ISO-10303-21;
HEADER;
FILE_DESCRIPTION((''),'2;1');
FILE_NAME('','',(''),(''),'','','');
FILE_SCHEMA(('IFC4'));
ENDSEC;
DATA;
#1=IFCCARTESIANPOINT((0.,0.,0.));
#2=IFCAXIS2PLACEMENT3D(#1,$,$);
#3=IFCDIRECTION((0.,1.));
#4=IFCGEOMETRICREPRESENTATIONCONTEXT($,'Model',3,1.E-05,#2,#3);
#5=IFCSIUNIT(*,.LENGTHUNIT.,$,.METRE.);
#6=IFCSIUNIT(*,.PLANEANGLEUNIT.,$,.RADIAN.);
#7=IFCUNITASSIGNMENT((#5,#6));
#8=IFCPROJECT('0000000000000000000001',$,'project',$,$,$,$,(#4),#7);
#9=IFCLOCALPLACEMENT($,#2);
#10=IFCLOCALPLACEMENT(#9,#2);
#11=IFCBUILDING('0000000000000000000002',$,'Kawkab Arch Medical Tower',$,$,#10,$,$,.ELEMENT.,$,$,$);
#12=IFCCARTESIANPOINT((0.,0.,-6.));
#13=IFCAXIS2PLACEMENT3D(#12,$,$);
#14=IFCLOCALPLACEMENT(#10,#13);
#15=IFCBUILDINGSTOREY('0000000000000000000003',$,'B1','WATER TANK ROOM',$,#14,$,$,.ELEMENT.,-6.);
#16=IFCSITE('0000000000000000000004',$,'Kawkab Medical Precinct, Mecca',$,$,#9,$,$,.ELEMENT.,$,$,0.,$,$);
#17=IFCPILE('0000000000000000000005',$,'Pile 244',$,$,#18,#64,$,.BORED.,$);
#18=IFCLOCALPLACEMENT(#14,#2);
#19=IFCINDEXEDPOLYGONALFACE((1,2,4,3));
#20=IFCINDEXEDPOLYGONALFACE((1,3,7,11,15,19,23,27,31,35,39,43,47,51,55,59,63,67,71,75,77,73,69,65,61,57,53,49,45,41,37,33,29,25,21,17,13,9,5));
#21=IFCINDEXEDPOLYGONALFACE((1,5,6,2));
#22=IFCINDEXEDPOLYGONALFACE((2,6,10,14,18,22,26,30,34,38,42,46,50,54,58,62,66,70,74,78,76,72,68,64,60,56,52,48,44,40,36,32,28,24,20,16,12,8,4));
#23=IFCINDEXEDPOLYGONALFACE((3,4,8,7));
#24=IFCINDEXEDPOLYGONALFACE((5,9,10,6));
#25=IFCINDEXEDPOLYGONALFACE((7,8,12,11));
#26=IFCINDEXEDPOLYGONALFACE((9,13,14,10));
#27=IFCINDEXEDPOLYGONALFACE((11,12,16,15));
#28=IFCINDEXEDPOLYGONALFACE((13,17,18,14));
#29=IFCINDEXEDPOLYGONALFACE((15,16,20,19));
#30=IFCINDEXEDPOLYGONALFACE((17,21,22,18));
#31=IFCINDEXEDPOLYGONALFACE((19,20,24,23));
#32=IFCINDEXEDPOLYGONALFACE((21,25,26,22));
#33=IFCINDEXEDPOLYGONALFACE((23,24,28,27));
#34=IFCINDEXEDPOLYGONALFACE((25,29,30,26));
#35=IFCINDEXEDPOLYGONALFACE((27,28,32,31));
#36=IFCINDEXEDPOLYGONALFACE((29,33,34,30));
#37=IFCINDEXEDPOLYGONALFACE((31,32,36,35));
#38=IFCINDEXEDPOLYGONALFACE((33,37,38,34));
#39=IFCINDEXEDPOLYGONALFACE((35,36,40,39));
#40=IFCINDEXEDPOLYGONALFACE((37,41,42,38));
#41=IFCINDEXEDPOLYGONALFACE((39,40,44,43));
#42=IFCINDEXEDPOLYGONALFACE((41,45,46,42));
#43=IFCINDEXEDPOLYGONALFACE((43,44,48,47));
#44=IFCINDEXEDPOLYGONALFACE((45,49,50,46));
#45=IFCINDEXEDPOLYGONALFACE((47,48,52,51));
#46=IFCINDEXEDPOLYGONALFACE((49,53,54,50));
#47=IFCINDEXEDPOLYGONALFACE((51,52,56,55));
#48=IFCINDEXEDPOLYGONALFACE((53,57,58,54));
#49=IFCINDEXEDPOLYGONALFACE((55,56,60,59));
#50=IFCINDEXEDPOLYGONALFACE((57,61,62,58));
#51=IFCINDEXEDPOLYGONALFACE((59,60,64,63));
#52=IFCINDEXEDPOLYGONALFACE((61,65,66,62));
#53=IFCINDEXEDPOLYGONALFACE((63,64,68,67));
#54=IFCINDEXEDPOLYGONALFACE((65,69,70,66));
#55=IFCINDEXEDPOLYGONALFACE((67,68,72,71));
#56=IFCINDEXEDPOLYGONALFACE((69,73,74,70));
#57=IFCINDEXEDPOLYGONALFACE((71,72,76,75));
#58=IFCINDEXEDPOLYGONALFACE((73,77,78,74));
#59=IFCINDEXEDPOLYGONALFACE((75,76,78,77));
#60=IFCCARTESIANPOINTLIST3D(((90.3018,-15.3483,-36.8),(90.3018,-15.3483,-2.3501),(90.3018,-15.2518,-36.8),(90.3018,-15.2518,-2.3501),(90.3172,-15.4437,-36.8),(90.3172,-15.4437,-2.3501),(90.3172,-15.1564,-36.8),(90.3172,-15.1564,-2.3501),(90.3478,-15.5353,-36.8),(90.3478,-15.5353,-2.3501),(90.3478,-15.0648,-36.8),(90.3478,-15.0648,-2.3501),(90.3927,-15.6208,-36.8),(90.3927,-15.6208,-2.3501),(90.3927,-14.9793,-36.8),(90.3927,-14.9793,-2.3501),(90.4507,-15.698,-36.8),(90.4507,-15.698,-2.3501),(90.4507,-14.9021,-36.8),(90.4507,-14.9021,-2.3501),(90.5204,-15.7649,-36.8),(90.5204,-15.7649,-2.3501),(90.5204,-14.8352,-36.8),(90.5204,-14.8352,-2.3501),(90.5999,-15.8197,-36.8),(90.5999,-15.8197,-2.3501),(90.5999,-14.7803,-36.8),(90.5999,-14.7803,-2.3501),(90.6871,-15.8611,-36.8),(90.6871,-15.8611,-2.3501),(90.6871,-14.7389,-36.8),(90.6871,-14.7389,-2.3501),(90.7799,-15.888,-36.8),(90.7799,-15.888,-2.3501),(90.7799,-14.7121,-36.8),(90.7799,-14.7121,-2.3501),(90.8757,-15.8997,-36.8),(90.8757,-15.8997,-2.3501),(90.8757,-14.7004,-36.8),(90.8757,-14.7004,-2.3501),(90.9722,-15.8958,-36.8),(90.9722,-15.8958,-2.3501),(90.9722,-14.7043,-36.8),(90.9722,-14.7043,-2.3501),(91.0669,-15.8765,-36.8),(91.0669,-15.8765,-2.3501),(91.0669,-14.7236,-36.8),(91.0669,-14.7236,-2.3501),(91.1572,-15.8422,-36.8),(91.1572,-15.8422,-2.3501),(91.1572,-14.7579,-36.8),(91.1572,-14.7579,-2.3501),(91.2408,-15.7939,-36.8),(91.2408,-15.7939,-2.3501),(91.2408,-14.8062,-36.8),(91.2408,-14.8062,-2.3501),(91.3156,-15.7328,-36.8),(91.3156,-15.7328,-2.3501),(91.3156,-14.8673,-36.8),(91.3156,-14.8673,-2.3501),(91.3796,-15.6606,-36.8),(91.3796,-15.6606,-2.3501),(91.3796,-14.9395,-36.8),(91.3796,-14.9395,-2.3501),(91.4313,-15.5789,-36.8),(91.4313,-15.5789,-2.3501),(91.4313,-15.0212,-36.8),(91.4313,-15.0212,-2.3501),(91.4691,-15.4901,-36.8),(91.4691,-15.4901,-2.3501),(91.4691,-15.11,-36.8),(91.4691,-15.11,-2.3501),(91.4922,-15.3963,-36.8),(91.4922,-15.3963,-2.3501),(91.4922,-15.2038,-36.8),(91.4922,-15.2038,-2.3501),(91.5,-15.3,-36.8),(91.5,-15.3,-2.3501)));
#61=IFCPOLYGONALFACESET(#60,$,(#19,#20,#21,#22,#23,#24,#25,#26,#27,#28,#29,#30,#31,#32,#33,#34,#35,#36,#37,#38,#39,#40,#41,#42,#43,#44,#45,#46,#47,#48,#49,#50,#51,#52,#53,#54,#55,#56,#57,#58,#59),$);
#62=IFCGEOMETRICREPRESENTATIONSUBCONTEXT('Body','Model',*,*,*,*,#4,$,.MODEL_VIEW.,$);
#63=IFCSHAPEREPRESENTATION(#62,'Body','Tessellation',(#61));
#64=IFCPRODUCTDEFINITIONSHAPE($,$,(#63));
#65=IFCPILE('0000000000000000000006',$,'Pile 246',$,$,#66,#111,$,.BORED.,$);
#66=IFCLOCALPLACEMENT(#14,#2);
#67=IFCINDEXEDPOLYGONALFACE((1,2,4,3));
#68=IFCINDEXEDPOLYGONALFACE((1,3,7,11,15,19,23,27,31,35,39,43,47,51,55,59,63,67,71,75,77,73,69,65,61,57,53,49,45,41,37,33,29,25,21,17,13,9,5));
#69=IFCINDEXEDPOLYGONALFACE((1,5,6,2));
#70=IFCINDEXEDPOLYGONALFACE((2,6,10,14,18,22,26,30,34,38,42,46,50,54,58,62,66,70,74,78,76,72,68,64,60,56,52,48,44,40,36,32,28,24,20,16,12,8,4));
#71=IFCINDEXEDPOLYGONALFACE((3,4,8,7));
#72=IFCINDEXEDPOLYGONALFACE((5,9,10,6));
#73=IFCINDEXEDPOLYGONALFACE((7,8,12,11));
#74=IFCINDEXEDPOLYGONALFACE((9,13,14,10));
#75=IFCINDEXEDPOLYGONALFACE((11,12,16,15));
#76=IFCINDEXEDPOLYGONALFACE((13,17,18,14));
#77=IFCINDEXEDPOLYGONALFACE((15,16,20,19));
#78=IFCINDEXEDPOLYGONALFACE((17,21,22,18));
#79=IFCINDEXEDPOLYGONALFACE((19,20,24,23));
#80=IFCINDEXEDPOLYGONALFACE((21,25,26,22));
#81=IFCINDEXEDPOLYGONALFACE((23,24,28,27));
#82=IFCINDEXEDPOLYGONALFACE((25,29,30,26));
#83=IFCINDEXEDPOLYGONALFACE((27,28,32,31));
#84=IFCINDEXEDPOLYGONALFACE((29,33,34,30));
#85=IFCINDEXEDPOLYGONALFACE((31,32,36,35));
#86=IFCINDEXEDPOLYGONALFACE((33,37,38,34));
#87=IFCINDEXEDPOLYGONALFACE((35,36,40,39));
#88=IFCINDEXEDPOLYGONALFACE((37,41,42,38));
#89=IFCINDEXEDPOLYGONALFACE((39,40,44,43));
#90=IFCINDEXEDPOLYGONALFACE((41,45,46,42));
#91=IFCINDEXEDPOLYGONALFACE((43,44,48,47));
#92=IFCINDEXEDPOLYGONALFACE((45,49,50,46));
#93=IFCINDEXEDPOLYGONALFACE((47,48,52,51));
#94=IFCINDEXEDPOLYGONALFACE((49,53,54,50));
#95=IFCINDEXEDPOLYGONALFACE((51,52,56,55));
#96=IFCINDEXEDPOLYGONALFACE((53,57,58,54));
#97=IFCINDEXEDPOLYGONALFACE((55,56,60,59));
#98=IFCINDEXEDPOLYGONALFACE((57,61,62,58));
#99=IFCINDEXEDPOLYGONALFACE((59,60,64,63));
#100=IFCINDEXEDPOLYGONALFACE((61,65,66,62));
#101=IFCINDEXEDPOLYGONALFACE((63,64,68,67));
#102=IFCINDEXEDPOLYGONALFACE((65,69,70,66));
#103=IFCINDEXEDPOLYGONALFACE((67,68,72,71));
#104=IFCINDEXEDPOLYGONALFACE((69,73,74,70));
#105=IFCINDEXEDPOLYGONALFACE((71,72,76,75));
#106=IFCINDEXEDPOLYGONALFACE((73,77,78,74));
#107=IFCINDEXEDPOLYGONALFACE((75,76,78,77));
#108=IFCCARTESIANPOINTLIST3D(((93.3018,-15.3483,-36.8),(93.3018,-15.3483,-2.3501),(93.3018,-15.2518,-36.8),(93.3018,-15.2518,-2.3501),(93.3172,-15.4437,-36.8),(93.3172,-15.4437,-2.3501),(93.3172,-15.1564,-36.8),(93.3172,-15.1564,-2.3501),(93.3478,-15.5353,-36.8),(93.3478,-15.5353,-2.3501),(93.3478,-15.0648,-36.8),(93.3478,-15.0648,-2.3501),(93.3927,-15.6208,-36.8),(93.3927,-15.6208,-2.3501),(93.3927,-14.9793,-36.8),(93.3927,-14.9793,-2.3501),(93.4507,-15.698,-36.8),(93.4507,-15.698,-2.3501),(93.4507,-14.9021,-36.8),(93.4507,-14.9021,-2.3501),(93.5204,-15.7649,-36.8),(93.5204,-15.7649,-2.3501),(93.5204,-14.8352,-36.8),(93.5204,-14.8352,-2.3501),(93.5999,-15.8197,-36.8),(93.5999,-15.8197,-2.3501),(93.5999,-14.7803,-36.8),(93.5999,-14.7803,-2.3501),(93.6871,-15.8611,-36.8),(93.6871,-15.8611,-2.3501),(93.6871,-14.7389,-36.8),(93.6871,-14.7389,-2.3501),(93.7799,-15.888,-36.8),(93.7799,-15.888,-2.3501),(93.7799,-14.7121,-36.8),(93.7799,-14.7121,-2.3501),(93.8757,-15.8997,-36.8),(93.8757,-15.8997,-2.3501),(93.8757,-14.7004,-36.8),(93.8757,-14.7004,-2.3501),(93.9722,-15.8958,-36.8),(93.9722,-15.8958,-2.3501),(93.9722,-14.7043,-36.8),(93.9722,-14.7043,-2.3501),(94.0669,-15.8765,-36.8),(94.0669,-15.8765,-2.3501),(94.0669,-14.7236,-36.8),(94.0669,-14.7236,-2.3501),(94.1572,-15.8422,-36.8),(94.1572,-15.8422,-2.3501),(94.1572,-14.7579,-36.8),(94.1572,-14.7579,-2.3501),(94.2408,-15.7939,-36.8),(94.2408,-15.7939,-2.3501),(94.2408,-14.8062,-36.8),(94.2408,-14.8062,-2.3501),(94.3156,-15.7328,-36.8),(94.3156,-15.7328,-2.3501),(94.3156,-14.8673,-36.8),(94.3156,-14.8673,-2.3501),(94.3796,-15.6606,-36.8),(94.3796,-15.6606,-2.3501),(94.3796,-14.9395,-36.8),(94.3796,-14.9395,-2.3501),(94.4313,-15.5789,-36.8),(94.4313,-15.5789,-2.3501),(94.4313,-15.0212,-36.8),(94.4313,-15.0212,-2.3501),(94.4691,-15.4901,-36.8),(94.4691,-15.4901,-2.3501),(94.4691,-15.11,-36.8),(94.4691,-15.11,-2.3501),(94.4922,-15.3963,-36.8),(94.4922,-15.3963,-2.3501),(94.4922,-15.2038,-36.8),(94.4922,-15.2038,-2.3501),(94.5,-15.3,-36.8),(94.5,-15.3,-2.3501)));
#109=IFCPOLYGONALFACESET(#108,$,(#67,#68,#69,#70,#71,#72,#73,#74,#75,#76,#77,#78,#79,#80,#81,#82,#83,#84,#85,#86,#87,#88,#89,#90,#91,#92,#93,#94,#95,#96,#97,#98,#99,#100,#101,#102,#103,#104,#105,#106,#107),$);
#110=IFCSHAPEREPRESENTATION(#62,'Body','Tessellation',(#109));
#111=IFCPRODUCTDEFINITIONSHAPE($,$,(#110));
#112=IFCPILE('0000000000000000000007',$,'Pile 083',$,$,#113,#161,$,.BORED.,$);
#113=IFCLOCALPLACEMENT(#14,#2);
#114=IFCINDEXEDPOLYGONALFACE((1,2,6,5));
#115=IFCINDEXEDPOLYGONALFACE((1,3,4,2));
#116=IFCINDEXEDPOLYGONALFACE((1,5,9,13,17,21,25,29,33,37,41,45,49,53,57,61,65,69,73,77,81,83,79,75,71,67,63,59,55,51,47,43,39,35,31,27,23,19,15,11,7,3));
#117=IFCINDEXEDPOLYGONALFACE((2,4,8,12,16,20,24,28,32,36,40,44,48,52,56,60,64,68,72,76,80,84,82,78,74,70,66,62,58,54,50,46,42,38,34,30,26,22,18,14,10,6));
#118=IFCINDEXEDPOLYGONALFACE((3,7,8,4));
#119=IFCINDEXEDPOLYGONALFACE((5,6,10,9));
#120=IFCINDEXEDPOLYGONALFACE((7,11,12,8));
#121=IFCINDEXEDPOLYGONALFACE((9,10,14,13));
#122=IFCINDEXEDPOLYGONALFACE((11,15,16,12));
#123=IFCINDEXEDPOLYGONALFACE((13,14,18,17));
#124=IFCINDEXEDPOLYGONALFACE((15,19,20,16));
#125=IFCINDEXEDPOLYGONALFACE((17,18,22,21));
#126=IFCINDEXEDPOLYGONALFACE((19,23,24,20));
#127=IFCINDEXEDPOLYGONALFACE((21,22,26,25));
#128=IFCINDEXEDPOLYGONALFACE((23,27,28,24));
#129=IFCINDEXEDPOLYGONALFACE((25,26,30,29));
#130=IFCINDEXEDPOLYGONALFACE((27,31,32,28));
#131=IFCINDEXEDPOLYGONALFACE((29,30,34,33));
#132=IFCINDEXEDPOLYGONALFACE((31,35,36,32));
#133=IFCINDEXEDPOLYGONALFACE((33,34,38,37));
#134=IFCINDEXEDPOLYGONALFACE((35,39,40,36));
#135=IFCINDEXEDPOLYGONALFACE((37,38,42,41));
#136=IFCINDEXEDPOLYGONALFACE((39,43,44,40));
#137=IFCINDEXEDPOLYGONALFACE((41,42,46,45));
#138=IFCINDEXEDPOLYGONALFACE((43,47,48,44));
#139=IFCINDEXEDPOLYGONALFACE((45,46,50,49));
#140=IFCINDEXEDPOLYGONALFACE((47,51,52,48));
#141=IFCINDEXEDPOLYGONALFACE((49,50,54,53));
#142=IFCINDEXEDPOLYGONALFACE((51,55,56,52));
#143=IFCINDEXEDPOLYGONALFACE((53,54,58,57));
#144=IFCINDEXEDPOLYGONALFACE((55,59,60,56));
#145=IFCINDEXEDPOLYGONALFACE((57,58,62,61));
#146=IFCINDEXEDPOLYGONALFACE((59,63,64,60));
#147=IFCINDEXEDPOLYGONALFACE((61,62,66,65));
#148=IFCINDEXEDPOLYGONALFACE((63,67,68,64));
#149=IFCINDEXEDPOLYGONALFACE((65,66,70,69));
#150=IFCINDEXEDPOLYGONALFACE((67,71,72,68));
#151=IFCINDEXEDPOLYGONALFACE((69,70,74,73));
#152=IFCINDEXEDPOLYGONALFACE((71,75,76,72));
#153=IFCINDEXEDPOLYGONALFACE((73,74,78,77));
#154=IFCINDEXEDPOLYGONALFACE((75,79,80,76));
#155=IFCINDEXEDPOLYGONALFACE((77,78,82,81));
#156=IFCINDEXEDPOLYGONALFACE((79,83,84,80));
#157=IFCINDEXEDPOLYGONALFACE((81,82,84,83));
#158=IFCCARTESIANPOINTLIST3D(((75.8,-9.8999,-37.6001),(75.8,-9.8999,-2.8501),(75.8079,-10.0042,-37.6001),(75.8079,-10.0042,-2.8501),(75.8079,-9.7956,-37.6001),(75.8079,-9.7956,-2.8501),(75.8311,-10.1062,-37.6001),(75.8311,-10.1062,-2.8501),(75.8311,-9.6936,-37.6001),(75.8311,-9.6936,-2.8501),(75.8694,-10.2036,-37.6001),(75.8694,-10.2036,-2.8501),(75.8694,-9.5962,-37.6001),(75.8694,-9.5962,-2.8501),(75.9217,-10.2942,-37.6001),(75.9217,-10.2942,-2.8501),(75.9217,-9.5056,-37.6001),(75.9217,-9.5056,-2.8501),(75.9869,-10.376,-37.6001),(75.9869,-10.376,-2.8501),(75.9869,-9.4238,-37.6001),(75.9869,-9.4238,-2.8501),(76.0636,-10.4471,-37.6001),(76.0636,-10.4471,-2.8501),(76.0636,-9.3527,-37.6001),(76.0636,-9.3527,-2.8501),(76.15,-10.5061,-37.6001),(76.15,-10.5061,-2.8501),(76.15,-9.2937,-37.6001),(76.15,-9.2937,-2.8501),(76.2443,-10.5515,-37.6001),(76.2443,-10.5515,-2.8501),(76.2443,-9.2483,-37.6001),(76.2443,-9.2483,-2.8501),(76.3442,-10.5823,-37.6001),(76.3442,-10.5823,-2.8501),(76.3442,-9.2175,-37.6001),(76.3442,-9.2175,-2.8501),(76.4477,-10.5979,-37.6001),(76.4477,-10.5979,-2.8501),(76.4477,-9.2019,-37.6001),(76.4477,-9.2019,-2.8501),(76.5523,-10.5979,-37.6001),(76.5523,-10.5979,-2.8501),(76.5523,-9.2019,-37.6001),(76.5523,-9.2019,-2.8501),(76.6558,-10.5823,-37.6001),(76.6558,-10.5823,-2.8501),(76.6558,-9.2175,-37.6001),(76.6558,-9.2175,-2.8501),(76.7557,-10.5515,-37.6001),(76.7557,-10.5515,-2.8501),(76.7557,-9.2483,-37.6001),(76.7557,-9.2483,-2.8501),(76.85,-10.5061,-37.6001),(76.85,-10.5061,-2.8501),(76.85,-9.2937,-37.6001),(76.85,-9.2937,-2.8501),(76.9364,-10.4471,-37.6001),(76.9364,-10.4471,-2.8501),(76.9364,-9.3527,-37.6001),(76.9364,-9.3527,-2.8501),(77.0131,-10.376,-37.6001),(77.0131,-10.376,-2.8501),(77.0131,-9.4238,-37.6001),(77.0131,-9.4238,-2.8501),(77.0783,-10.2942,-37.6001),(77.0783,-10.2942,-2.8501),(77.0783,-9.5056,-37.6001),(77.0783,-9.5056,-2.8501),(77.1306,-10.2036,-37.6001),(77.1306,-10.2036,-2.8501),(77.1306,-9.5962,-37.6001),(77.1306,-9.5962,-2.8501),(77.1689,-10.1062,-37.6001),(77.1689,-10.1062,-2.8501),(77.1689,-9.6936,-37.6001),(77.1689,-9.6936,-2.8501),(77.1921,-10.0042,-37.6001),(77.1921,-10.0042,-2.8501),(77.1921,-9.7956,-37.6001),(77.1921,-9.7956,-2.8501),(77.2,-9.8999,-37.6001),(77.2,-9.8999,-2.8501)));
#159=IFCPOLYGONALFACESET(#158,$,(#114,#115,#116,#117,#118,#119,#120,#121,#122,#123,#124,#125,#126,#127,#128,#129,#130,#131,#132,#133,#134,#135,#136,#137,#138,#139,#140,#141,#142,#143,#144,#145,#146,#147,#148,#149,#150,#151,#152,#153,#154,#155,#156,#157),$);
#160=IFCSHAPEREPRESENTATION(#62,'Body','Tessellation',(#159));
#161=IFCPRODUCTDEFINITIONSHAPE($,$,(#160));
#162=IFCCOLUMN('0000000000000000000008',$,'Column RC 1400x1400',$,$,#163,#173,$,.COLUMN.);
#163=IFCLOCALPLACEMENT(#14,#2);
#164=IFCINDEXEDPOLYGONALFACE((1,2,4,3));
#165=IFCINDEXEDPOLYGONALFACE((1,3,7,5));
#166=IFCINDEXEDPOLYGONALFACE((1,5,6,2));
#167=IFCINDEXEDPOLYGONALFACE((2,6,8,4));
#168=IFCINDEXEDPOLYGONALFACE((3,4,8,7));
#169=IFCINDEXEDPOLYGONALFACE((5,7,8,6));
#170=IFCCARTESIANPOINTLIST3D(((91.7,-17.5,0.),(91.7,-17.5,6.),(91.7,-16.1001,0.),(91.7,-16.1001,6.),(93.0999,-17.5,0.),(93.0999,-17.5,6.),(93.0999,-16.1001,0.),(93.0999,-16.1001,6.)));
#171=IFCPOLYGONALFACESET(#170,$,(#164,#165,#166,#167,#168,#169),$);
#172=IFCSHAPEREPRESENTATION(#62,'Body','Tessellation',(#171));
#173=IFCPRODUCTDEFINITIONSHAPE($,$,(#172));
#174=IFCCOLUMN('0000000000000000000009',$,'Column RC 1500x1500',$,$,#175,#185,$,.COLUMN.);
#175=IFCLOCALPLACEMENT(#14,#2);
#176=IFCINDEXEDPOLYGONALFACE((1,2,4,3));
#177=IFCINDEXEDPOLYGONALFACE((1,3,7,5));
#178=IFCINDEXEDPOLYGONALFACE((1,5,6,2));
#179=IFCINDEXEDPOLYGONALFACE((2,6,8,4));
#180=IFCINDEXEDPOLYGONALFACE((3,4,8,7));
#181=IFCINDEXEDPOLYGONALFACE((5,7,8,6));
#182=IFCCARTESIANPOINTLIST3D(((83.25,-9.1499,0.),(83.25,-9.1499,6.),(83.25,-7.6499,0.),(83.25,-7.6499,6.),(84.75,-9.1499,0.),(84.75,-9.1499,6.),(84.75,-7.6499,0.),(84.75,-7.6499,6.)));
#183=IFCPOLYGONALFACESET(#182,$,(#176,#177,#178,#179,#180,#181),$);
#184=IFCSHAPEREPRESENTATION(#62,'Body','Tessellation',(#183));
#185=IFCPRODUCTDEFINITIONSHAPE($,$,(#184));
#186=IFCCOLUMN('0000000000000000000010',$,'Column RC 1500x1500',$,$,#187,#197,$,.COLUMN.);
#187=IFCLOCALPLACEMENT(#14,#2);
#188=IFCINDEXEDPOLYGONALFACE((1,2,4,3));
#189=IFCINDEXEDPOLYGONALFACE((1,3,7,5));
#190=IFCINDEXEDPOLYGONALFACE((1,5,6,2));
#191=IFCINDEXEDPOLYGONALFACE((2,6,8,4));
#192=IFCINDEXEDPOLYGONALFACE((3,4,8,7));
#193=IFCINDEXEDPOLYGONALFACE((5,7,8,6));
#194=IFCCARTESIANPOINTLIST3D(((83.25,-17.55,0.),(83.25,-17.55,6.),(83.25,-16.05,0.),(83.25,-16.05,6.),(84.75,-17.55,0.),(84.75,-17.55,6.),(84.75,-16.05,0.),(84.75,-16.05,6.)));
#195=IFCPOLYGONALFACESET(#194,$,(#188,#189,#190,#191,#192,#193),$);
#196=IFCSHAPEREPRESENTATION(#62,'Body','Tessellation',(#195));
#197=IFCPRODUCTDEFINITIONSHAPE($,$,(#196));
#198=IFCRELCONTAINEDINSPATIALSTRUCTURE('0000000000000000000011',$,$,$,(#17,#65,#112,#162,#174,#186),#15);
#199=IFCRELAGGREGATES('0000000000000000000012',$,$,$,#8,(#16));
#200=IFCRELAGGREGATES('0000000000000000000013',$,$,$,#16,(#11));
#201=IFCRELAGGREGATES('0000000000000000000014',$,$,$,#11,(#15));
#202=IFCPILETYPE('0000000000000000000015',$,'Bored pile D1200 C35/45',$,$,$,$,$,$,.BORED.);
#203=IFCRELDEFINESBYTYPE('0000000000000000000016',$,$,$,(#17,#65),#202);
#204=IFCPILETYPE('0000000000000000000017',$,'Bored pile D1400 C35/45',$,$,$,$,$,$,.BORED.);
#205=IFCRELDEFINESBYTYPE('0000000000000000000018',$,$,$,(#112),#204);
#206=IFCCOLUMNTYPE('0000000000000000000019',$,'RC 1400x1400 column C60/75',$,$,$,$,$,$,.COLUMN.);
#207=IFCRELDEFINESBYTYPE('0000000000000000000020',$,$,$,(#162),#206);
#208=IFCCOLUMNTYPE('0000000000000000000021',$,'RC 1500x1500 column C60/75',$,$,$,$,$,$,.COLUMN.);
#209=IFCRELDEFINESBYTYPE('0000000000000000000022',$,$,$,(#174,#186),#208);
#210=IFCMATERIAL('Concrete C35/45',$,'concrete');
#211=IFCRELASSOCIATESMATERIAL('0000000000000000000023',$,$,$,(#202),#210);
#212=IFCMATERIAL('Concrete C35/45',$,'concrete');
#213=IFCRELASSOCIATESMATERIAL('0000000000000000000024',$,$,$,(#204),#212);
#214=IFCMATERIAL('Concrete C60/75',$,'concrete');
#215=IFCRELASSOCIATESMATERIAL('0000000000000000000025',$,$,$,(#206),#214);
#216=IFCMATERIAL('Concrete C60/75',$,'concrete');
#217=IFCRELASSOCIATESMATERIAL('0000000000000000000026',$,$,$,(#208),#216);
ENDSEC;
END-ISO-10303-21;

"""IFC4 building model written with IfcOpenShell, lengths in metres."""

from ifc_helpers import new_model, si_unit, direction, frame, origin, origin_2d, place, context, subcontext, project, spatial, rectangle, circle, extrude, material, material_profile, profile_set, type_object, element, save


model = new_model("IFC4")

# Units and contexts
model_context = context("Model", 3, precision=1e-05, world=origin(), true_north=direction((0.0, 1.0)))
body_context = subcontext(model_context, "Body", "Model", "MODEL_VIEW")
ifc_project = project(units=[si_unit("LENGTHUNIT", "METRE"), si_unit("PLANEANGLEUNIT", "RADIAN")], contexts=[model_context])

# Site, building, storey
site_placement = place(None, origin())
site = spatial("IfcSite", under=ifc_project, at=site_placement, Name="Kawkab Medical Precinct, Mecca", CompositionType="ELEMENT", RefElevation=0.0)
building_placement = place(site_placement, origin())
building = spatial("IfcBuilding", under=site, at=building_placement, Name="Kawkab Arch Medical Tower", CompositionType="ELEMENT")
storey_placement = place(building_placement, frame((0.0, 0.0, -6.0)))
storey = spatial("IfcBuildingStorey", under=building, at=storey_placement, Name="B1", Description="WATER TANK ROOM", CompositionType="ELEMENT", Elevation=-6.0)

# Piles
ifc_material_1 = material(Name="Concrete C35/45", Category="concrete")
ifc_material_profile_1 = material_profile(ifc_material_1, circle(Radius=0.6001, at=origin_2d()), Name="Bored pile D1200")
ifc_profile_set_1 = profile_set([ifc_material_profile_1], Name="Concrete C35/45")
pile_type_1 = type_object("IfcPileType", Name="Bored pile D1200 C35/45", PredefinedType="BORED", material=ifc_profile_set_1)
for number, where, z_axis, x_axis, name in (
    (1, (90.8999, -15.3, -2.3501), (0.0, 0.0, -1.0), (1.0, 0.0, 0.0), "Pile 244"),
    (2, (93.8999, -15.3, -2.3501), (0.0, 0.0, -1.0), (1.0, 0.0, 0.0), "Pile 246"),
):
    element("IfcPile", number, at=place(storey_placement, frame(where, z_axis=z_axis, x_axis=x_axis)), inside=storey, type_object=pile_type_1, Name=name, PredefinedType="BORED", context=body_context, shape_type="SweptSolid", body=[
        extrude(circle(Radius=0.6001, at=origin_2d()), origin(), (0.0, 0.0, 1.0), 34.45),
    ])
ifc_material_2 = material(Name="Concrete C35/45", Category="concrete")
ifc_material_profile_2 = material_profile(ifc_material_2, circle(Radius=0.7, at=origin_2d()), Name="Bored pile D1400")
ifc_profile_set_2 = profile_set([ifc_material_profile_2], Name="Concrete C35/45")
pile_type_2 = type_object("IfcPileType", Name="Bored pile D1400 C35/45", PredefinedType="BORED", material=ifc_profile_set_2)
pile_placement = place(storey_placement, frame((76.5, -9.8999, -2.8501), z_axis=(0.0, 0.0, -1.0), x_axis=(1.0, 0.0, 0.0)))
element("IfcPile", 3, at=pile_placement, inside=storey, type_object=pile_type_2, Name="Pile 083", PredefinedType="BORED", context=body_context, shape_type="SweptSolid", body=[
    extrude(circle(Radius=0.7, at=origin_2d()), origin(), (0.0, 0.0, 1.0), 34.75),
])

# Columns
ifc_material_3 = material(Name="Concrete C60/75", Category="concrete")
ifc_material_profile_3 = material_profile(ifc_material_3, rectangle(XDim=1.3999, YDim=1.3999, at=origin_2d()), Name="RC 1400x1400")
ifc_profile_set_3 = profile_set([ifc_material_profile_3], Name="Concrete C60/75")
column_type_1 = type_object("IfcColumnType", Name="RC 1400x1400 column C60/75", PredefinedType="COLUMN", material=ifc_profile_set_3)
column_placement = place(storey_placement, frame((92.3999, -16.8, 0.0), z_axis=(0.0, 0.0, 1.0), x_axis=(1.0, 0.0, 0.0)))
element("IfcColumn", 4, at=column_placement, inside=storey, type_object=column_type_1, Name="Column RC 1400x1400", PredefinedType="COLUMN", context=body_context, shape_type="SweptSolid", body=[
    extrude(rectangle(XDim=1.3999, YDim=1.3999, at=origin_2d()), origin(), (0.0, 0.0, 1.0), 6.0),
])
ifc_material_4 = material(Name="Concrete C60/75", Category="concrete")
ifc_material_profile_4 = material_profile(ifc_material_4, rectangle(XDim=1.5, YDim=1.5, at=origin_2d()), Name="RC 1500x1500")
ifc_profile_set_4 = profile_set([ifc_material_profile_4], Name="Concrete C60/75")
column_type_2 = type_object("IfcColumnType", Name="RC 1500x1500 column C60/75", PredefinedType="COLUMN", material=ifc_profile_set_4)
for number, where, z_axis, x_axis, name in (
    (5, (84.0, -8.3999, 0.0), (0.0, 0.0, 1.0), (1.0, 0.0, 0.0), "Column RC 1500x1500"),
    (6, (84.0, -16.8, 0.0), (0.0, 0.0, 1.0), (1.0, 0.0, 0.0), "Column RC 1500x1500"),
):
    element("IfcColumn", number, at=place(storey_placement, frame(where, z_axis=z_axis, x_axis=x_axis)), inside=storey, type_object=column_type_2, Name=name, PredefinedType="COLUMN", context=body_context, shape_type="SweptSolid", body=[
        extrude(rectangle(XDim=1.5, YDim=1.5, at=origin_2d()), origin(), (0.0, 0.0, 1.0), 6.0),
    ])

save(model, "model.ifc")
